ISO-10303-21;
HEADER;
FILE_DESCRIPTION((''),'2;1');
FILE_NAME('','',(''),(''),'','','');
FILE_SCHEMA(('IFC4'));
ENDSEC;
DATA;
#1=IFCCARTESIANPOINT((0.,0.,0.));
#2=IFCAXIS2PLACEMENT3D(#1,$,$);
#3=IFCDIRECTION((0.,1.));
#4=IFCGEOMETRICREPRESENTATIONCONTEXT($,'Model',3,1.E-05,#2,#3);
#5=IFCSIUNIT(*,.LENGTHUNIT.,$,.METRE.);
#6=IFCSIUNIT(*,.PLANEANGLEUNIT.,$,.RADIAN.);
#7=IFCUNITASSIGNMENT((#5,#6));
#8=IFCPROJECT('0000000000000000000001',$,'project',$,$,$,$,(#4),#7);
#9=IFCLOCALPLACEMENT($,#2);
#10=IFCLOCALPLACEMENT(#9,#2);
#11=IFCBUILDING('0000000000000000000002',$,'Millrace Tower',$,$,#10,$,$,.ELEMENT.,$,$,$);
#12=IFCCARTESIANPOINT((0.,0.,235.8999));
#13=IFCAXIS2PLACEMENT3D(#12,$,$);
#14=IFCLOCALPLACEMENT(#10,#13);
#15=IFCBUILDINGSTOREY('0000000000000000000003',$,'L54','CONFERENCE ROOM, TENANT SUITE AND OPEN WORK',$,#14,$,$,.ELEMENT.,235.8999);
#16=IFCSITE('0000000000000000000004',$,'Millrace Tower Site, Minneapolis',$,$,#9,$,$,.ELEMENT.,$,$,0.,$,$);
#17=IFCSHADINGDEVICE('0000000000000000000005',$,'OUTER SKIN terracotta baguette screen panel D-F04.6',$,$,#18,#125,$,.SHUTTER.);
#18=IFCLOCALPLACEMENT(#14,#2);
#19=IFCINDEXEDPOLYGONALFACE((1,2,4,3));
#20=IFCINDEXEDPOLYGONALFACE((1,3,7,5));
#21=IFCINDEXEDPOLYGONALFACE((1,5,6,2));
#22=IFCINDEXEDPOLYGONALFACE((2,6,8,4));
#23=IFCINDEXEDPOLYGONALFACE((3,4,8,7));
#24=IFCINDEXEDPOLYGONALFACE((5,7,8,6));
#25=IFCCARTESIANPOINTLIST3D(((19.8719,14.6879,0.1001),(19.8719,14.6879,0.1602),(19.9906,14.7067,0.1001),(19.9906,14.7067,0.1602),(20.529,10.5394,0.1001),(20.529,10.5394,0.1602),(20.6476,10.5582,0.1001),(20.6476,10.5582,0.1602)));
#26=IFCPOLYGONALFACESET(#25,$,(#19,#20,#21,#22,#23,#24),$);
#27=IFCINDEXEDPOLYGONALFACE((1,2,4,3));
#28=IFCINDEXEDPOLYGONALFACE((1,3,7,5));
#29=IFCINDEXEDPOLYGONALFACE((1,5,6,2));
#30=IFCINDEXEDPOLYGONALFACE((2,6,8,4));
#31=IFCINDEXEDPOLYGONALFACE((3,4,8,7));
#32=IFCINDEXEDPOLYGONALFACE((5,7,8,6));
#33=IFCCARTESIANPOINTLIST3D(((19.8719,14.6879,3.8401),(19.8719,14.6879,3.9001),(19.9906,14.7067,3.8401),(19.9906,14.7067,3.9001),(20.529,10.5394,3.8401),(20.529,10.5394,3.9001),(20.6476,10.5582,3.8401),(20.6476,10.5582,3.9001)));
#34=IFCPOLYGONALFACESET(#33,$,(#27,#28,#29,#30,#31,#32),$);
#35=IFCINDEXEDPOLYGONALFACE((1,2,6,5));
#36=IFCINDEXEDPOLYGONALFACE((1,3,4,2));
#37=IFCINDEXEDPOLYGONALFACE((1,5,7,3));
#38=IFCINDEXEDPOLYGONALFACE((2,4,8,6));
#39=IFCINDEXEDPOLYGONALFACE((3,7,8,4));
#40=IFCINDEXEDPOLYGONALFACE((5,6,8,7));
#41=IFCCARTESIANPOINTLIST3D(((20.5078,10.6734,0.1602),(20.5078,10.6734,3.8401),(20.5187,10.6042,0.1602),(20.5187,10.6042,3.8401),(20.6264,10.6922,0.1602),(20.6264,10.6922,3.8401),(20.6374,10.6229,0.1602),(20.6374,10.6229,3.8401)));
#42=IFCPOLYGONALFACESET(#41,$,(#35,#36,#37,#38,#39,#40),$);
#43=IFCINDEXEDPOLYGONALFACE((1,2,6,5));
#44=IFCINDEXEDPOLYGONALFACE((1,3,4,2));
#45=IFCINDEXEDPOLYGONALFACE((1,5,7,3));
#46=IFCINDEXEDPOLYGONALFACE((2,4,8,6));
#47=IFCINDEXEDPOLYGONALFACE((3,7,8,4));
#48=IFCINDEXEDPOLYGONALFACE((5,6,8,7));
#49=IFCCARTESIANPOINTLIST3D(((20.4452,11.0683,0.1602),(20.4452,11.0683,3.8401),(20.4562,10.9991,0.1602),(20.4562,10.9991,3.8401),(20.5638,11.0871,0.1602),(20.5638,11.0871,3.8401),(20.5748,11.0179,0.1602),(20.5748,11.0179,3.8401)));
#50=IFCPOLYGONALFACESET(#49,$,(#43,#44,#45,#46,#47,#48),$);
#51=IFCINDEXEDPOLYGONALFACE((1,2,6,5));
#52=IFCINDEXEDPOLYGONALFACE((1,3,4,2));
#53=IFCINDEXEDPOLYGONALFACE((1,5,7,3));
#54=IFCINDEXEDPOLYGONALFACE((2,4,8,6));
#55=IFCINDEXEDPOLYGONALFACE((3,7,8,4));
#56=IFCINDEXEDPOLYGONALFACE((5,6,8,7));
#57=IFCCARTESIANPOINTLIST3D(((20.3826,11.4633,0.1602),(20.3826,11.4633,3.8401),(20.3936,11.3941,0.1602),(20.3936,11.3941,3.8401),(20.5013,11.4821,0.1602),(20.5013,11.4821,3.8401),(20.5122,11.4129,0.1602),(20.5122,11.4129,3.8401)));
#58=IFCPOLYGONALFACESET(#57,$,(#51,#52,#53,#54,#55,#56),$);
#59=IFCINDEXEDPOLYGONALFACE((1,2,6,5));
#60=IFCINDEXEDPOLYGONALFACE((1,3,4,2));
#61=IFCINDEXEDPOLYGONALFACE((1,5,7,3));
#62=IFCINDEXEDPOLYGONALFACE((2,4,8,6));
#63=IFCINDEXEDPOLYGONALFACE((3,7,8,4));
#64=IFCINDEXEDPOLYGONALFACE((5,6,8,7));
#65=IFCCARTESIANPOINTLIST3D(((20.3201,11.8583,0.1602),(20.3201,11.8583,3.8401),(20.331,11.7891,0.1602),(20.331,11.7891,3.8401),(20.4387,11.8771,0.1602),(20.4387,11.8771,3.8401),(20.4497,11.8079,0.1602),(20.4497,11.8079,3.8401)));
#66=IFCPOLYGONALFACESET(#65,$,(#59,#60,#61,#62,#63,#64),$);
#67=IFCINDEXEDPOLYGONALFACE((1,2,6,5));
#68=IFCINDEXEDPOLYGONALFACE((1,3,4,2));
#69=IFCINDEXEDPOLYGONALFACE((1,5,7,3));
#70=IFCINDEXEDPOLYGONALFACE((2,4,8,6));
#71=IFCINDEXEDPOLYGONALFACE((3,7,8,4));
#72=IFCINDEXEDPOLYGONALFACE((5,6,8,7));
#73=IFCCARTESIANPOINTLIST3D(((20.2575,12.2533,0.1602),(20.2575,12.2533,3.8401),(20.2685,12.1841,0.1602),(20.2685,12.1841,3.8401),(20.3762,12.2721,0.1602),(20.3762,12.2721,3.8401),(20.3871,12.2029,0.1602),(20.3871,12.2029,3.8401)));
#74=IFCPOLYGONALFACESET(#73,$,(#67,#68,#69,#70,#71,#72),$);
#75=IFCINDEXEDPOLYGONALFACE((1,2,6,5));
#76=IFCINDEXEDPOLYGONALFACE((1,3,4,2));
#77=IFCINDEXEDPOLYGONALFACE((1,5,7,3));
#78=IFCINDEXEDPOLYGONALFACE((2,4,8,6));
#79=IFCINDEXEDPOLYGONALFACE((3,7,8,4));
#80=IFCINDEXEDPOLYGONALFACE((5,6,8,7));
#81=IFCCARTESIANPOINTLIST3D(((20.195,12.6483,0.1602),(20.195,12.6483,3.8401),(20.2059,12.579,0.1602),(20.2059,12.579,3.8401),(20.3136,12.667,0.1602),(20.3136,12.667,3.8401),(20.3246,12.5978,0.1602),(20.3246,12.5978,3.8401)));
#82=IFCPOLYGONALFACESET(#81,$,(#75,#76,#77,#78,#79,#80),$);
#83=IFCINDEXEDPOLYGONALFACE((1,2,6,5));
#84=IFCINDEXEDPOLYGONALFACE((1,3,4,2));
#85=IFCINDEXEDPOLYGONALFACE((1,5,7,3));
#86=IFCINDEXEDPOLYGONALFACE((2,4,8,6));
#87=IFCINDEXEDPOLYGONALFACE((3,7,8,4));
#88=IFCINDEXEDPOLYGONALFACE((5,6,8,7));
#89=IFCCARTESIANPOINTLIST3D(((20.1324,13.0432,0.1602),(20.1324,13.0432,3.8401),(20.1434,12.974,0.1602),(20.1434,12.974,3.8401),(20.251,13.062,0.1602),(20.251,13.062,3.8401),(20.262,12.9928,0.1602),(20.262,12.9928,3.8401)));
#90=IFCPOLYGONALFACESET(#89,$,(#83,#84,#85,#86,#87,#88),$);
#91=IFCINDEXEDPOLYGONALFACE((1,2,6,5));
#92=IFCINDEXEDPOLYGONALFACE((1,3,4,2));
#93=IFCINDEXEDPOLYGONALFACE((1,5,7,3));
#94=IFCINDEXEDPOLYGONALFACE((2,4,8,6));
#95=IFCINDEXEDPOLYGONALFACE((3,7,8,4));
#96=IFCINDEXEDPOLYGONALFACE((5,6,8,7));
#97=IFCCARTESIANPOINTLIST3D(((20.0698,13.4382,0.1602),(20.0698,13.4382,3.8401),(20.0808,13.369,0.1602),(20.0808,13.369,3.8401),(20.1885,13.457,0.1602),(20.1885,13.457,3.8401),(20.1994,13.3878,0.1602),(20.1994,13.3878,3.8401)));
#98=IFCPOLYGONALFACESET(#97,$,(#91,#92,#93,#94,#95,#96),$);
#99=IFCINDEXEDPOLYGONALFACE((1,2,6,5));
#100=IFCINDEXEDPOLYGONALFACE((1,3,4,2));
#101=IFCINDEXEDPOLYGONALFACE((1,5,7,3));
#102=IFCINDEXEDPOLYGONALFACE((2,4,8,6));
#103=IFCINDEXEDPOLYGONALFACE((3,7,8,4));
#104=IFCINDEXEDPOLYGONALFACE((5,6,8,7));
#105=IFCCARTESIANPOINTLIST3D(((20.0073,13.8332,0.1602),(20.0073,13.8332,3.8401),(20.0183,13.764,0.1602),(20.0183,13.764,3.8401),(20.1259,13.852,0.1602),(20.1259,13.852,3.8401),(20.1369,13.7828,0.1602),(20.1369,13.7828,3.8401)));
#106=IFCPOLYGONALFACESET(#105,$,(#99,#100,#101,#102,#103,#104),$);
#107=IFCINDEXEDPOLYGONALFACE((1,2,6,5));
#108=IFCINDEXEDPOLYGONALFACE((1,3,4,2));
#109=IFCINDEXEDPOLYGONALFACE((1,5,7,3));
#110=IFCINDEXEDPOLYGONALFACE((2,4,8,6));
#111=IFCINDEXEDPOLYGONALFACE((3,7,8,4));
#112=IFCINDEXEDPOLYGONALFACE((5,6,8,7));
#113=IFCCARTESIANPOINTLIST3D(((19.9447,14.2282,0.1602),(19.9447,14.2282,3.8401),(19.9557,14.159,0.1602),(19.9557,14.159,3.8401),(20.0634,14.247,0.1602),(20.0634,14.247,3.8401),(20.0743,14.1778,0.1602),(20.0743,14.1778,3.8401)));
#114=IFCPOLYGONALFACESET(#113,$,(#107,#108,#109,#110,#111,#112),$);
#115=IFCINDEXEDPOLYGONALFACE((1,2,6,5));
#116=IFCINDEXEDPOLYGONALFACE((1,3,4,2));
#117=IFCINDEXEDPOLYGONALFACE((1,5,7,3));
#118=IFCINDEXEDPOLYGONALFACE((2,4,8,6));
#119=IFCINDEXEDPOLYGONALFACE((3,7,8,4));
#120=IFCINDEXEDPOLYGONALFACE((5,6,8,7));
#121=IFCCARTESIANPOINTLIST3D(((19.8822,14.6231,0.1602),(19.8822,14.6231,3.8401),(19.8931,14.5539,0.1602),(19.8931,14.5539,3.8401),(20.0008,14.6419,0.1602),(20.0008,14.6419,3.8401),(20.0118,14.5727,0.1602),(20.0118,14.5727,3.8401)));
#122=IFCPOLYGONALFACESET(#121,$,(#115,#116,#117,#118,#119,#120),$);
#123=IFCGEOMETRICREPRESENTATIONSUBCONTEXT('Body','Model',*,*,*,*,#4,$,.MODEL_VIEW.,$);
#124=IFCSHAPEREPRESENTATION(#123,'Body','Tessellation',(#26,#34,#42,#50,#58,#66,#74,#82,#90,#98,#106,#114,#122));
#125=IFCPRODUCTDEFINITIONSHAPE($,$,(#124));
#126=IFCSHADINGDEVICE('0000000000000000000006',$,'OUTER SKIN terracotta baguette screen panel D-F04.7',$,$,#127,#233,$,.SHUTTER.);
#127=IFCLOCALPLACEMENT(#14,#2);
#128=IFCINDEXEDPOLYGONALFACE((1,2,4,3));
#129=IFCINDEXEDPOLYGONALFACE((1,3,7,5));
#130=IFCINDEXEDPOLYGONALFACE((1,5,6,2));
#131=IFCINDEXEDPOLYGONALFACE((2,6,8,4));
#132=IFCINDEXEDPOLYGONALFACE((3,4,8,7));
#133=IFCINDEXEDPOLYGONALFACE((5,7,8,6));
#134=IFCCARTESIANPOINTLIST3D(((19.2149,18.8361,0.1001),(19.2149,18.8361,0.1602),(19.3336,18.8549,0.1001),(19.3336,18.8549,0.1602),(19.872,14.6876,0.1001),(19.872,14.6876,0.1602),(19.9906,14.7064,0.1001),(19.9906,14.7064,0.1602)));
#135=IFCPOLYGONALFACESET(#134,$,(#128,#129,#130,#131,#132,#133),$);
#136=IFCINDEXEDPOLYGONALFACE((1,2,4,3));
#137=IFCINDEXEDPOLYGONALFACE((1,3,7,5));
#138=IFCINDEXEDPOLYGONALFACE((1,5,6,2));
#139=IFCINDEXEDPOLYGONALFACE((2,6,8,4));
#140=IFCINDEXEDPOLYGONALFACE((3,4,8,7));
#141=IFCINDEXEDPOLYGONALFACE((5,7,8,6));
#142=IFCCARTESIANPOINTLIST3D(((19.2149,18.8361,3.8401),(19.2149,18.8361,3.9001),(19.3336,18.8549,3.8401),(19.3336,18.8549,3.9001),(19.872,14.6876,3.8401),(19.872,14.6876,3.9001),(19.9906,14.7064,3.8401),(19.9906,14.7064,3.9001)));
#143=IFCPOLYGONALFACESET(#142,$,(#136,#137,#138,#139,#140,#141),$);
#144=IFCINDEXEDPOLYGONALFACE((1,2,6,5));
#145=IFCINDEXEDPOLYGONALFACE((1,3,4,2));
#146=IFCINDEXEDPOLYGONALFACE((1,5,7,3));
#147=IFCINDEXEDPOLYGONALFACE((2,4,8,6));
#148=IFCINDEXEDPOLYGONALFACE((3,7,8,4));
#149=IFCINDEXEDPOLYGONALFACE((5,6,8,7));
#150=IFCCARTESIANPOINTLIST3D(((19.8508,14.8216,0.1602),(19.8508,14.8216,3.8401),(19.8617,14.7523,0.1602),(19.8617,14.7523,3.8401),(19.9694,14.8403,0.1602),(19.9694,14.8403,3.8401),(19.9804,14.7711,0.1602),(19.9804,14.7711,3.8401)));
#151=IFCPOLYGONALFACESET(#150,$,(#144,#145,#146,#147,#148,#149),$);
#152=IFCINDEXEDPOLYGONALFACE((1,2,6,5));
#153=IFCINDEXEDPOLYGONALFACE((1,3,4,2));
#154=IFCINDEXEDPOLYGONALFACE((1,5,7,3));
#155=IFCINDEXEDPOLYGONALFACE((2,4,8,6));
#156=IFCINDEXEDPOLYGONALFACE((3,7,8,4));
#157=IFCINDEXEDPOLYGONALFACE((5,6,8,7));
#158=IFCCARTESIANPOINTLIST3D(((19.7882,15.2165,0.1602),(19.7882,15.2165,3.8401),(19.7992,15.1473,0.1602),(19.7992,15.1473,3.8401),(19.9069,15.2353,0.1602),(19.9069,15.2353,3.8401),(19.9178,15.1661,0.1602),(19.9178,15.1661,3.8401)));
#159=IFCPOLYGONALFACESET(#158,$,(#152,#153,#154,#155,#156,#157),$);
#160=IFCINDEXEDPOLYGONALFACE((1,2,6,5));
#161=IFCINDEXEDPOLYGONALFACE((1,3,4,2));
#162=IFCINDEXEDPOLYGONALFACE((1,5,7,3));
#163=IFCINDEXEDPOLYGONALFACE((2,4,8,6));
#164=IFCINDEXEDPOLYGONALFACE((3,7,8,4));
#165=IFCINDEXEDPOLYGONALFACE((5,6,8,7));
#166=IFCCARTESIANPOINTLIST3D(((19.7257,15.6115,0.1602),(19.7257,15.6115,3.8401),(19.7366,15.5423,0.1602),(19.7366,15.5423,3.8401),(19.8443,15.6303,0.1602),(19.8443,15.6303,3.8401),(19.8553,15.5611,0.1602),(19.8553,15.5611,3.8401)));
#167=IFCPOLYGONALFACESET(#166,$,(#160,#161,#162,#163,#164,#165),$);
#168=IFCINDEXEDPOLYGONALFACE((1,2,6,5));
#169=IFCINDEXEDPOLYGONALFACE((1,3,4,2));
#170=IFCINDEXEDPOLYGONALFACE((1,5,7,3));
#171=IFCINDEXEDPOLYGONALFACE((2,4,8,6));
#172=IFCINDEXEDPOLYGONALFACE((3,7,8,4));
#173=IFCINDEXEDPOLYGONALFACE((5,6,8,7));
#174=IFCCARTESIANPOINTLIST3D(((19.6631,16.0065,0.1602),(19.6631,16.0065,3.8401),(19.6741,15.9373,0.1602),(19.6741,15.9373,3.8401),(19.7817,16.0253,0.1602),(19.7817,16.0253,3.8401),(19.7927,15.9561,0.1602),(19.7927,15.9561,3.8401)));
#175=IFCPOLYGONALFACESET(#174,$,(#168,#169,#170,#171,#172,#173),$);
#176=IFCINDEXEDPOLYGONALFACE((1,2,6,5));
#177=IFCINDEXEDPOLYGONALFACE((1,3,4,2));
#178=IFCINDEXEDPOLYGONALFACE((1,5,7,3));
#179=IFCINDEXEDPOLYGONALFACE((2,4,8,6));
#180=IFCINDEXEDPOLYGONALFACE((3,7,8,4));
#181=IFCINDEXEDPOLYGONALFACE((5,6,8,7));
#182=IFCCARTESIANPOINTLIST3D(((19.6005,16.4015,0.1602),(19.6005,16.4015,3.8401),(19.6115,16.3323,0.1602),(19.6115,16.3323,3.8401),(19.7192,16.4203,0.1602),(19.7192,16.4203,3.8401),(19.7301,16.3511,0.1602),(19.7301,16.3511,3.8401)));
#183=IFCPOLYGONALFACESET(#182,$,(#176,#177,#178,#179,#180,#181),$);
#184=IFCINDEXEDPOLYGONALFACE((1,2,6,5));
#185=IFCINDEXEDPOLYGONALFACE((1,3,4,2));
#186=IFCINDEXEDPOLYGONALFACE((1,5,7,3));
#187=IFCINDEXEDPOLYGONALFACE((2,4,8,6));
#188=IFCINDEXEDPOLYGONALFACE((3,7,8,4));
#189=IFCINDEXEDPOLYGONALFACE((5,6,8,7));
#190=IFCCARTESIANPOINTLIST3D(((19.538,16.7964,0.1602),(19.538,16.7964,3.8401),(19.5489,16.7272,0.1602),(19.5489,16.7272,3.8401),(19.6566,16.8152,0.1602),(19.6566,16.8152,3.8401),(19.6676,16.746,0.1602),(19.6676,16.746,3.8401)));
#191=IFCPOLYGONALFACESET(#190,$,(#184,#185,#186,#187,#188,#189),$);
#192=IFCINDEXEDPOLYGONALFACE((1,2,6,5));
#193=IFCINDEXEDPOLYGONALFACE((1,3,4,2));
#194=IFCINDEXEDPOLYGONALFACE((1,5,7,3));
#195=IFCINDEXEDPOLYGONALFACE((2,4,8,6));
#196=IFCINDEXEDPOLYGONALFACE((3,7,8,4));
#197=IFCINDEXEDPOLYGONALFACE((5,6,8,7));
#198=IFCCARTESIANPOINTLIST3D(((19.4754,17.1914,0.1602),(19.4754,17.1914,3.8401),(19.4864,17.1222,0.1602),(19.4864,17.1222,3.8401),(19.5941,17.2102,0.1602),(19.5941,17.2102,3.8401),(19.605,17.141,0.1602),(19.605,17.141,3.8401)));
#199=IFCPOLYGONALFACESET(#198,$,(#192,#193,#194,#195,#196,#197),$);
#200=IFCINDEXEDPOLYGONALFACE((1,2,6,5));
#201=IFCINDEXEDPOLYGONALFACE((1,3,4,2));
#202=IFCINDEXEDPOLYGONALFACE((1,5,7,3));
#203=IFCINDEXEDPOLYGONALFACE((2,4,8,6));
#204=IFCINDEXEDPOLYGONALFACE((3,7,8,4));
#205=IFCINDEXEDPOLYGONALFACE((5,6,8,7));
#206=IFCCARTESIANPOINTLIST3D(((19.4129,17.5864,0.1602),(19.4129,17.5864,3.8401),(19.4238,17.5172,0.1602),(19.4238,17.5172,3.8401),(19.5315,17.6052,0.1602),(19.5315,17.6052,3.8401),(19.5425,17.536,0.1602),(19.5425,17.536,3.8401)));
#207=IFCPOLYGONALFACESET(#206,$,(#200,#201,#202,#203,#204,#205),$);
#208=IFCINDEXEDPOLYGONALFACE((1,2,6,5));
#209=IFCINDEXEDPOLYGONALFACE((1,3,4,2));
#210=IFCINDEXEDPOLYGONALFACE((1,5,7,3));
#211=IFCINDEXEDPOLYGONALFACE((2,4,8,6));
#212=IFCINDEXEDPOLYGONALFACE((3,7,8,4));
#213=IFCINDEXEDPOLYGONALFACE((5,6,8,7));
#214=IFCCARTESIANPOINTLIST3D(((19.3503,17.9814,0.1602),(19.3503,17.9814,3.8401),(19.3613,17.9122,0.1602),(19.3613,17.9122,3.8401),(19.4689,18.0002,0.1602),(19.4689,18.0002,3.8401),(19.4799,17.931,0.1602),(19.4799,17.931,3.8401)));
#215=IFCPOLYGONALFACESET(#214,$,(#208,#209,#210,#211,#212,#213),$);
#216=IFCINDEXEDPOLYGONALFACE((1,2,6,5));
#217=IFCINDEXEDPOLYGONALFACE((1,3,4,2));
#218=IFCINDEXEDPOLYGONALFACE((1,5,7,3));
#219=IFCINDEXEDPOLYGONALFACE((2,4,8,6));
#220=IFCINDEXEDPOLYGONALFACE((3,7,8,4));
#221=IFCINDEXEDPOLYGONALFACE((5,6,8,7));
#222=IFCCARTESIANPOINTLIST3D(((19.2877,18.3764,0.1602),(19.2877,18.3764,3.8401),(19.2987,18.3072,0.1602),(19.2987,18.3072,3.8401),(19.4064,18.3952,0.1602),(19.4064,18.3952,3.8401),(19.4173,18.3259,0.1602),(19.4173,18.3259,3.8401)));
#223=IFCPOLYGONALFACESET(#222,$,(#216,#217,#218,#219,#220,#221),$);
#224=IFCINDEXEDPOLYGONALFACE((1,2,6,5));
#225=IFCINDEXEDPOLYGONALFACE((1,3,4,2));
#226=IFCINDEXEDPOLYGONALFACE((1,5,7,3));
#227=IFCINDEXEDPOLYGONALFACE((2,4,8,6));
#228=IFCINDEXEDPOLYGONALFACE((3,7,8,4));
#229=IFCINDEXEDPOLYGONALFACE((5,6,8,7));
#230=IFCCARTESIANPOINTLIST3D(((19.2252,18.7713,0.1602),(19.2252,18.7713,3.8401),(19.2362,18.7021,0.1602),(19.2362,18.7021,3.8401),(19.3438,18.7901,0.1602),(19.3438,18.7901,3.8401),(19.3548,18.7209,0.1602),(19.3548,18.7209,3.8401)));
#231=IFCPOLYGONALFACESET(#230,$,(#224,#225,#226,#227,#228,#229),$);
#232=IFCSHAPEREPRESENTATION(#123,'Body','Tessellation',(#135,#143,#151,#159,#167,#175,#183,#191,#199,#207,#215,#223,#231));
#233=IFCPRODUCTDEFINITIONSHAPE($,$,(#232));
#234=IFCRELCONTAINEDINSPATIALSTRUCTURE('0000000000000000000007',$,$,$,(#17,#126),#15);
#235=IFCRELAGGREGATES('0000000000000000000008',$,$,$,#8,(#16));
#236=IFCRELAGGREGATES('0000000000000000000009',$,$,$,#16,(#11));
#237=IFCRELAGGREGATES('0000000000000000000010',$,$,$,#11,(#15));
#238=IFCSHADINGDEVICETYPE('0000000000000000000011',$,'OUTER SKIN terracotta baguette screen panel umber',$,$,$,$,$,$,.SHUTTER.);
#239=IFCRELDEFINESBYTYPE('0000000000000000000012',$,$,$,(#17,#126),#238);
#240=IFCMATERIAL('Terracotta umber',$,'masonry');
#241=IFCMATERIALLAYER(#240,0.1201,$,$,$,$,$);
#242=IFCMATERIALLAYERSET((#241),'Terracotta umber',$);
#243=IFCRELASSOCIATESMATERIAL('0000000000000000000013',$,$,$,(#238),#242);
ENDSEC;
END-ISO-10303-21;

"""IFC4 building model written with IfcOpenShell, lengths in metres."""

from ifc_helpers import new_model, entity, si_unit, direction, frame, frame_2d, origin, origin_2d, place, context, subcontext, project, spatial, rectangle, extrude, source, transform, mapped, material, layer, layer_set, type_object, element, save


model = new_model("IFC4")

# Units and contexts
model_context = context("Model", 3, precision=1e-05, world=origin(), true_north=direction((0.0, 1.0)))
body_context = subcontext(model_context, "Body", "Model", "MODEL_VIEW")
ifc_project = project(units=[si_unit("LENGTHUNIT", "METRE"), si_unit("PLANEANGLEUNIT", "RADIAN")], contexts=[model_context])

# Site, building, storey
site_placement = place(None, origin())
site = spatial("IfcSite", under=ifc_project, at=site_placement, Name="Millrace Tower Site, Minneapolis", CompositionType="ELEMENT", RefElevation=0.0)
building_placement = place(site_placement, origin())
building = spatial("IfcBuilding", under=site, at=building_placement, Name="Millrace Tower", CompositionType="ELEMENT")
storey_placement = place(building_placement, frame((0.0, 0.0, 235.8999)))
storey = spatial("IfcBuildingStorey", under=building, at=storey_placement, Name="L54", Description="CONFERENCE ROOM, TENANT SUITE AND OPEN WORK", CompositionType="ELEMENT", Elevation=235.8999)

# Shading devices
ifc_material_1 = material(Name="Terracotta umber", Category="masonry")
ifc_layer_1 = layer(ifc_material_1, 0.1201)
ifc_layer_set_1 = layer_set([ifc_layer_1], Name="Terracotta umber")
shading_device_type = type_object("IfcShadingDeviceType", Name="OUTER SKIN terracotta baguette screen panel umber", PredefinedType="SHUTTER", material=ifc_layer_set_1)
cartesian_point = entity("IfcCartesianPoint", [-2.1001, 0.0601])
shared_polyline = entity("IfcPolyline", [cartesian_point, entity("IfcCartesianPoint", [2.1001, 0.0601]), entity("IfcCartesianPoint", [2.1001, -0.0601]), entity("IfcCartesianPoint", [-2.1001, -0.0601]), cartesian_point])
shared_shape = source(origin(), body_context, "Body", "SweptSolid", [
    entity("IfcExtrudedAreaSolid", entity("IfcArbitraryClosedProfileDef", "AREA", None, shared_polyline), entity("IfcAxis2Placement3D", entity("IfcCartesianPoint", [0.0, 0.0, 0.0])), entity("IfcDirection", [0.0, 0.0, 1.0]), 0.0601),
    entity("IfcExtrudedAreaSolid", entity("IfcArbitraryClosedProfileDef", "AREA", None, shared_polyline), entity("IfcAxis2Placement3D", entity("IfcCartesianPoint", [0.0, 0.0, 3.74])), entity("IfcDirection", [0.0, 0.0, 1.0]), 0.0601),
    extrude(rectangle(XDim=0.0701, YDim=0.1201, at=frame_2d((-1.9995, 0.0))), frame((0.0, 0.0, 0.0601)), (0.0, 0.0, 1.0), 3.6799),
    extrude(rectangle(XDim=0.0701, YDim=0.1201, at=frame_2d((-1.5996, 0.0))), frame((0.0, 0.0, 0.0601)), (0.0, 0.0, 1.0), 3.6799),
    extrude(rectangle(XDim=0.0701, YDim=0.1201, at=frame_2d((-1.1997, 0.0))), frame((0.0, 0.0, 0.0601)), (0.0, 0.0, 1.0), 3.6799),
    extrude(rectangle(XDim=0.0701, YDim=0.1201, at=frame_2d((-0.7998, 0.0))), frame((0.0, 0.0, 0.0601)), (0.0, 0.0, 1.0), 3.6799),
    extrude(rectangle(XDim=0.0701, YDim=0.1201, at=frame_2d((-0.3999, 0.0))), frame((0.0, 0.0, 0.0601)), (0.0, 0.0, 1.0), 3.6799),
    extrude(rectangle(XDim=0.0701, YDim=0.1201, at=origin_2d()), frame((0.0, 0.0, 0.0601)), (0.0, 0.0, 1.0), 3.6799),
    extrude(rectangle(XDim=0.0701, YDim=0.1201, at=frame_2d((0.3999, 0.0))), frame((0.0, 0.0, 0.0601)), (0.0, 0.0, 1.0), 3.6799),
    extrude(rectangle(XDim=0.0701, YDim=0.1201, at=frame_2d((0.7998, 0.0))), frame((0.0, 0.0, 0.0601)), (0.0, 0.0, 1.0), 3.6799),
    extrude(rectangle(XDim=0.0701, YDim=0.1201, at=frame_2d((1.1997, 0.0))), frame((0.0, 0.0, 0.0601)), (0.0, 0.0, 1.0), 3.6799),
    extrude(rectangle(XDim=0.0701, YDim=0.1201, at=frame_2d((1.5996, 0.0))), frame((0.0, 0.0, 0.0601)), (0.0, 0.0, 1.0), 3.6799),
    extrude(rectangle(XDim=0.0701, YDim=0.1201, at=frame_2d((1.9995, 0.0))), frame((0.0, 0.0, 0.0601)), (0.0, 0.0, 1.0), 3.6799),
])
for number, where, z_axis, x_axis, name in (
    (1, (20.2598, 12.623, 0.1001), (0.0, 0.0, 1.0), (-0.156434, 0.987688, 0.0), "OUTER SKIN terracotta baguette screen panel D-F04.6"),
    (2, (19.6028, 16.7712, 0.1001), (0.0, 0.0, 1.0), (-0.156434, 0.987688, 0.0), "OUTER SKIN terracotta baguette screen panel D-F04.7"),
):
    element("IfcShadingDevice", number, at=place(storey_placement, frame(where, z_axis=z_axis, x_axis=x_axis)), inside=storey, type_object=shading_device_type, Name=name, PredefinedType="SHUTTER", context=body_context, shape_type="MappedRepresentation", body=[
        mapped(shared_shape, transform((0.0, 0.0, 0.0), scale=1.0)),
    ])

save(model, "model.ifc")
